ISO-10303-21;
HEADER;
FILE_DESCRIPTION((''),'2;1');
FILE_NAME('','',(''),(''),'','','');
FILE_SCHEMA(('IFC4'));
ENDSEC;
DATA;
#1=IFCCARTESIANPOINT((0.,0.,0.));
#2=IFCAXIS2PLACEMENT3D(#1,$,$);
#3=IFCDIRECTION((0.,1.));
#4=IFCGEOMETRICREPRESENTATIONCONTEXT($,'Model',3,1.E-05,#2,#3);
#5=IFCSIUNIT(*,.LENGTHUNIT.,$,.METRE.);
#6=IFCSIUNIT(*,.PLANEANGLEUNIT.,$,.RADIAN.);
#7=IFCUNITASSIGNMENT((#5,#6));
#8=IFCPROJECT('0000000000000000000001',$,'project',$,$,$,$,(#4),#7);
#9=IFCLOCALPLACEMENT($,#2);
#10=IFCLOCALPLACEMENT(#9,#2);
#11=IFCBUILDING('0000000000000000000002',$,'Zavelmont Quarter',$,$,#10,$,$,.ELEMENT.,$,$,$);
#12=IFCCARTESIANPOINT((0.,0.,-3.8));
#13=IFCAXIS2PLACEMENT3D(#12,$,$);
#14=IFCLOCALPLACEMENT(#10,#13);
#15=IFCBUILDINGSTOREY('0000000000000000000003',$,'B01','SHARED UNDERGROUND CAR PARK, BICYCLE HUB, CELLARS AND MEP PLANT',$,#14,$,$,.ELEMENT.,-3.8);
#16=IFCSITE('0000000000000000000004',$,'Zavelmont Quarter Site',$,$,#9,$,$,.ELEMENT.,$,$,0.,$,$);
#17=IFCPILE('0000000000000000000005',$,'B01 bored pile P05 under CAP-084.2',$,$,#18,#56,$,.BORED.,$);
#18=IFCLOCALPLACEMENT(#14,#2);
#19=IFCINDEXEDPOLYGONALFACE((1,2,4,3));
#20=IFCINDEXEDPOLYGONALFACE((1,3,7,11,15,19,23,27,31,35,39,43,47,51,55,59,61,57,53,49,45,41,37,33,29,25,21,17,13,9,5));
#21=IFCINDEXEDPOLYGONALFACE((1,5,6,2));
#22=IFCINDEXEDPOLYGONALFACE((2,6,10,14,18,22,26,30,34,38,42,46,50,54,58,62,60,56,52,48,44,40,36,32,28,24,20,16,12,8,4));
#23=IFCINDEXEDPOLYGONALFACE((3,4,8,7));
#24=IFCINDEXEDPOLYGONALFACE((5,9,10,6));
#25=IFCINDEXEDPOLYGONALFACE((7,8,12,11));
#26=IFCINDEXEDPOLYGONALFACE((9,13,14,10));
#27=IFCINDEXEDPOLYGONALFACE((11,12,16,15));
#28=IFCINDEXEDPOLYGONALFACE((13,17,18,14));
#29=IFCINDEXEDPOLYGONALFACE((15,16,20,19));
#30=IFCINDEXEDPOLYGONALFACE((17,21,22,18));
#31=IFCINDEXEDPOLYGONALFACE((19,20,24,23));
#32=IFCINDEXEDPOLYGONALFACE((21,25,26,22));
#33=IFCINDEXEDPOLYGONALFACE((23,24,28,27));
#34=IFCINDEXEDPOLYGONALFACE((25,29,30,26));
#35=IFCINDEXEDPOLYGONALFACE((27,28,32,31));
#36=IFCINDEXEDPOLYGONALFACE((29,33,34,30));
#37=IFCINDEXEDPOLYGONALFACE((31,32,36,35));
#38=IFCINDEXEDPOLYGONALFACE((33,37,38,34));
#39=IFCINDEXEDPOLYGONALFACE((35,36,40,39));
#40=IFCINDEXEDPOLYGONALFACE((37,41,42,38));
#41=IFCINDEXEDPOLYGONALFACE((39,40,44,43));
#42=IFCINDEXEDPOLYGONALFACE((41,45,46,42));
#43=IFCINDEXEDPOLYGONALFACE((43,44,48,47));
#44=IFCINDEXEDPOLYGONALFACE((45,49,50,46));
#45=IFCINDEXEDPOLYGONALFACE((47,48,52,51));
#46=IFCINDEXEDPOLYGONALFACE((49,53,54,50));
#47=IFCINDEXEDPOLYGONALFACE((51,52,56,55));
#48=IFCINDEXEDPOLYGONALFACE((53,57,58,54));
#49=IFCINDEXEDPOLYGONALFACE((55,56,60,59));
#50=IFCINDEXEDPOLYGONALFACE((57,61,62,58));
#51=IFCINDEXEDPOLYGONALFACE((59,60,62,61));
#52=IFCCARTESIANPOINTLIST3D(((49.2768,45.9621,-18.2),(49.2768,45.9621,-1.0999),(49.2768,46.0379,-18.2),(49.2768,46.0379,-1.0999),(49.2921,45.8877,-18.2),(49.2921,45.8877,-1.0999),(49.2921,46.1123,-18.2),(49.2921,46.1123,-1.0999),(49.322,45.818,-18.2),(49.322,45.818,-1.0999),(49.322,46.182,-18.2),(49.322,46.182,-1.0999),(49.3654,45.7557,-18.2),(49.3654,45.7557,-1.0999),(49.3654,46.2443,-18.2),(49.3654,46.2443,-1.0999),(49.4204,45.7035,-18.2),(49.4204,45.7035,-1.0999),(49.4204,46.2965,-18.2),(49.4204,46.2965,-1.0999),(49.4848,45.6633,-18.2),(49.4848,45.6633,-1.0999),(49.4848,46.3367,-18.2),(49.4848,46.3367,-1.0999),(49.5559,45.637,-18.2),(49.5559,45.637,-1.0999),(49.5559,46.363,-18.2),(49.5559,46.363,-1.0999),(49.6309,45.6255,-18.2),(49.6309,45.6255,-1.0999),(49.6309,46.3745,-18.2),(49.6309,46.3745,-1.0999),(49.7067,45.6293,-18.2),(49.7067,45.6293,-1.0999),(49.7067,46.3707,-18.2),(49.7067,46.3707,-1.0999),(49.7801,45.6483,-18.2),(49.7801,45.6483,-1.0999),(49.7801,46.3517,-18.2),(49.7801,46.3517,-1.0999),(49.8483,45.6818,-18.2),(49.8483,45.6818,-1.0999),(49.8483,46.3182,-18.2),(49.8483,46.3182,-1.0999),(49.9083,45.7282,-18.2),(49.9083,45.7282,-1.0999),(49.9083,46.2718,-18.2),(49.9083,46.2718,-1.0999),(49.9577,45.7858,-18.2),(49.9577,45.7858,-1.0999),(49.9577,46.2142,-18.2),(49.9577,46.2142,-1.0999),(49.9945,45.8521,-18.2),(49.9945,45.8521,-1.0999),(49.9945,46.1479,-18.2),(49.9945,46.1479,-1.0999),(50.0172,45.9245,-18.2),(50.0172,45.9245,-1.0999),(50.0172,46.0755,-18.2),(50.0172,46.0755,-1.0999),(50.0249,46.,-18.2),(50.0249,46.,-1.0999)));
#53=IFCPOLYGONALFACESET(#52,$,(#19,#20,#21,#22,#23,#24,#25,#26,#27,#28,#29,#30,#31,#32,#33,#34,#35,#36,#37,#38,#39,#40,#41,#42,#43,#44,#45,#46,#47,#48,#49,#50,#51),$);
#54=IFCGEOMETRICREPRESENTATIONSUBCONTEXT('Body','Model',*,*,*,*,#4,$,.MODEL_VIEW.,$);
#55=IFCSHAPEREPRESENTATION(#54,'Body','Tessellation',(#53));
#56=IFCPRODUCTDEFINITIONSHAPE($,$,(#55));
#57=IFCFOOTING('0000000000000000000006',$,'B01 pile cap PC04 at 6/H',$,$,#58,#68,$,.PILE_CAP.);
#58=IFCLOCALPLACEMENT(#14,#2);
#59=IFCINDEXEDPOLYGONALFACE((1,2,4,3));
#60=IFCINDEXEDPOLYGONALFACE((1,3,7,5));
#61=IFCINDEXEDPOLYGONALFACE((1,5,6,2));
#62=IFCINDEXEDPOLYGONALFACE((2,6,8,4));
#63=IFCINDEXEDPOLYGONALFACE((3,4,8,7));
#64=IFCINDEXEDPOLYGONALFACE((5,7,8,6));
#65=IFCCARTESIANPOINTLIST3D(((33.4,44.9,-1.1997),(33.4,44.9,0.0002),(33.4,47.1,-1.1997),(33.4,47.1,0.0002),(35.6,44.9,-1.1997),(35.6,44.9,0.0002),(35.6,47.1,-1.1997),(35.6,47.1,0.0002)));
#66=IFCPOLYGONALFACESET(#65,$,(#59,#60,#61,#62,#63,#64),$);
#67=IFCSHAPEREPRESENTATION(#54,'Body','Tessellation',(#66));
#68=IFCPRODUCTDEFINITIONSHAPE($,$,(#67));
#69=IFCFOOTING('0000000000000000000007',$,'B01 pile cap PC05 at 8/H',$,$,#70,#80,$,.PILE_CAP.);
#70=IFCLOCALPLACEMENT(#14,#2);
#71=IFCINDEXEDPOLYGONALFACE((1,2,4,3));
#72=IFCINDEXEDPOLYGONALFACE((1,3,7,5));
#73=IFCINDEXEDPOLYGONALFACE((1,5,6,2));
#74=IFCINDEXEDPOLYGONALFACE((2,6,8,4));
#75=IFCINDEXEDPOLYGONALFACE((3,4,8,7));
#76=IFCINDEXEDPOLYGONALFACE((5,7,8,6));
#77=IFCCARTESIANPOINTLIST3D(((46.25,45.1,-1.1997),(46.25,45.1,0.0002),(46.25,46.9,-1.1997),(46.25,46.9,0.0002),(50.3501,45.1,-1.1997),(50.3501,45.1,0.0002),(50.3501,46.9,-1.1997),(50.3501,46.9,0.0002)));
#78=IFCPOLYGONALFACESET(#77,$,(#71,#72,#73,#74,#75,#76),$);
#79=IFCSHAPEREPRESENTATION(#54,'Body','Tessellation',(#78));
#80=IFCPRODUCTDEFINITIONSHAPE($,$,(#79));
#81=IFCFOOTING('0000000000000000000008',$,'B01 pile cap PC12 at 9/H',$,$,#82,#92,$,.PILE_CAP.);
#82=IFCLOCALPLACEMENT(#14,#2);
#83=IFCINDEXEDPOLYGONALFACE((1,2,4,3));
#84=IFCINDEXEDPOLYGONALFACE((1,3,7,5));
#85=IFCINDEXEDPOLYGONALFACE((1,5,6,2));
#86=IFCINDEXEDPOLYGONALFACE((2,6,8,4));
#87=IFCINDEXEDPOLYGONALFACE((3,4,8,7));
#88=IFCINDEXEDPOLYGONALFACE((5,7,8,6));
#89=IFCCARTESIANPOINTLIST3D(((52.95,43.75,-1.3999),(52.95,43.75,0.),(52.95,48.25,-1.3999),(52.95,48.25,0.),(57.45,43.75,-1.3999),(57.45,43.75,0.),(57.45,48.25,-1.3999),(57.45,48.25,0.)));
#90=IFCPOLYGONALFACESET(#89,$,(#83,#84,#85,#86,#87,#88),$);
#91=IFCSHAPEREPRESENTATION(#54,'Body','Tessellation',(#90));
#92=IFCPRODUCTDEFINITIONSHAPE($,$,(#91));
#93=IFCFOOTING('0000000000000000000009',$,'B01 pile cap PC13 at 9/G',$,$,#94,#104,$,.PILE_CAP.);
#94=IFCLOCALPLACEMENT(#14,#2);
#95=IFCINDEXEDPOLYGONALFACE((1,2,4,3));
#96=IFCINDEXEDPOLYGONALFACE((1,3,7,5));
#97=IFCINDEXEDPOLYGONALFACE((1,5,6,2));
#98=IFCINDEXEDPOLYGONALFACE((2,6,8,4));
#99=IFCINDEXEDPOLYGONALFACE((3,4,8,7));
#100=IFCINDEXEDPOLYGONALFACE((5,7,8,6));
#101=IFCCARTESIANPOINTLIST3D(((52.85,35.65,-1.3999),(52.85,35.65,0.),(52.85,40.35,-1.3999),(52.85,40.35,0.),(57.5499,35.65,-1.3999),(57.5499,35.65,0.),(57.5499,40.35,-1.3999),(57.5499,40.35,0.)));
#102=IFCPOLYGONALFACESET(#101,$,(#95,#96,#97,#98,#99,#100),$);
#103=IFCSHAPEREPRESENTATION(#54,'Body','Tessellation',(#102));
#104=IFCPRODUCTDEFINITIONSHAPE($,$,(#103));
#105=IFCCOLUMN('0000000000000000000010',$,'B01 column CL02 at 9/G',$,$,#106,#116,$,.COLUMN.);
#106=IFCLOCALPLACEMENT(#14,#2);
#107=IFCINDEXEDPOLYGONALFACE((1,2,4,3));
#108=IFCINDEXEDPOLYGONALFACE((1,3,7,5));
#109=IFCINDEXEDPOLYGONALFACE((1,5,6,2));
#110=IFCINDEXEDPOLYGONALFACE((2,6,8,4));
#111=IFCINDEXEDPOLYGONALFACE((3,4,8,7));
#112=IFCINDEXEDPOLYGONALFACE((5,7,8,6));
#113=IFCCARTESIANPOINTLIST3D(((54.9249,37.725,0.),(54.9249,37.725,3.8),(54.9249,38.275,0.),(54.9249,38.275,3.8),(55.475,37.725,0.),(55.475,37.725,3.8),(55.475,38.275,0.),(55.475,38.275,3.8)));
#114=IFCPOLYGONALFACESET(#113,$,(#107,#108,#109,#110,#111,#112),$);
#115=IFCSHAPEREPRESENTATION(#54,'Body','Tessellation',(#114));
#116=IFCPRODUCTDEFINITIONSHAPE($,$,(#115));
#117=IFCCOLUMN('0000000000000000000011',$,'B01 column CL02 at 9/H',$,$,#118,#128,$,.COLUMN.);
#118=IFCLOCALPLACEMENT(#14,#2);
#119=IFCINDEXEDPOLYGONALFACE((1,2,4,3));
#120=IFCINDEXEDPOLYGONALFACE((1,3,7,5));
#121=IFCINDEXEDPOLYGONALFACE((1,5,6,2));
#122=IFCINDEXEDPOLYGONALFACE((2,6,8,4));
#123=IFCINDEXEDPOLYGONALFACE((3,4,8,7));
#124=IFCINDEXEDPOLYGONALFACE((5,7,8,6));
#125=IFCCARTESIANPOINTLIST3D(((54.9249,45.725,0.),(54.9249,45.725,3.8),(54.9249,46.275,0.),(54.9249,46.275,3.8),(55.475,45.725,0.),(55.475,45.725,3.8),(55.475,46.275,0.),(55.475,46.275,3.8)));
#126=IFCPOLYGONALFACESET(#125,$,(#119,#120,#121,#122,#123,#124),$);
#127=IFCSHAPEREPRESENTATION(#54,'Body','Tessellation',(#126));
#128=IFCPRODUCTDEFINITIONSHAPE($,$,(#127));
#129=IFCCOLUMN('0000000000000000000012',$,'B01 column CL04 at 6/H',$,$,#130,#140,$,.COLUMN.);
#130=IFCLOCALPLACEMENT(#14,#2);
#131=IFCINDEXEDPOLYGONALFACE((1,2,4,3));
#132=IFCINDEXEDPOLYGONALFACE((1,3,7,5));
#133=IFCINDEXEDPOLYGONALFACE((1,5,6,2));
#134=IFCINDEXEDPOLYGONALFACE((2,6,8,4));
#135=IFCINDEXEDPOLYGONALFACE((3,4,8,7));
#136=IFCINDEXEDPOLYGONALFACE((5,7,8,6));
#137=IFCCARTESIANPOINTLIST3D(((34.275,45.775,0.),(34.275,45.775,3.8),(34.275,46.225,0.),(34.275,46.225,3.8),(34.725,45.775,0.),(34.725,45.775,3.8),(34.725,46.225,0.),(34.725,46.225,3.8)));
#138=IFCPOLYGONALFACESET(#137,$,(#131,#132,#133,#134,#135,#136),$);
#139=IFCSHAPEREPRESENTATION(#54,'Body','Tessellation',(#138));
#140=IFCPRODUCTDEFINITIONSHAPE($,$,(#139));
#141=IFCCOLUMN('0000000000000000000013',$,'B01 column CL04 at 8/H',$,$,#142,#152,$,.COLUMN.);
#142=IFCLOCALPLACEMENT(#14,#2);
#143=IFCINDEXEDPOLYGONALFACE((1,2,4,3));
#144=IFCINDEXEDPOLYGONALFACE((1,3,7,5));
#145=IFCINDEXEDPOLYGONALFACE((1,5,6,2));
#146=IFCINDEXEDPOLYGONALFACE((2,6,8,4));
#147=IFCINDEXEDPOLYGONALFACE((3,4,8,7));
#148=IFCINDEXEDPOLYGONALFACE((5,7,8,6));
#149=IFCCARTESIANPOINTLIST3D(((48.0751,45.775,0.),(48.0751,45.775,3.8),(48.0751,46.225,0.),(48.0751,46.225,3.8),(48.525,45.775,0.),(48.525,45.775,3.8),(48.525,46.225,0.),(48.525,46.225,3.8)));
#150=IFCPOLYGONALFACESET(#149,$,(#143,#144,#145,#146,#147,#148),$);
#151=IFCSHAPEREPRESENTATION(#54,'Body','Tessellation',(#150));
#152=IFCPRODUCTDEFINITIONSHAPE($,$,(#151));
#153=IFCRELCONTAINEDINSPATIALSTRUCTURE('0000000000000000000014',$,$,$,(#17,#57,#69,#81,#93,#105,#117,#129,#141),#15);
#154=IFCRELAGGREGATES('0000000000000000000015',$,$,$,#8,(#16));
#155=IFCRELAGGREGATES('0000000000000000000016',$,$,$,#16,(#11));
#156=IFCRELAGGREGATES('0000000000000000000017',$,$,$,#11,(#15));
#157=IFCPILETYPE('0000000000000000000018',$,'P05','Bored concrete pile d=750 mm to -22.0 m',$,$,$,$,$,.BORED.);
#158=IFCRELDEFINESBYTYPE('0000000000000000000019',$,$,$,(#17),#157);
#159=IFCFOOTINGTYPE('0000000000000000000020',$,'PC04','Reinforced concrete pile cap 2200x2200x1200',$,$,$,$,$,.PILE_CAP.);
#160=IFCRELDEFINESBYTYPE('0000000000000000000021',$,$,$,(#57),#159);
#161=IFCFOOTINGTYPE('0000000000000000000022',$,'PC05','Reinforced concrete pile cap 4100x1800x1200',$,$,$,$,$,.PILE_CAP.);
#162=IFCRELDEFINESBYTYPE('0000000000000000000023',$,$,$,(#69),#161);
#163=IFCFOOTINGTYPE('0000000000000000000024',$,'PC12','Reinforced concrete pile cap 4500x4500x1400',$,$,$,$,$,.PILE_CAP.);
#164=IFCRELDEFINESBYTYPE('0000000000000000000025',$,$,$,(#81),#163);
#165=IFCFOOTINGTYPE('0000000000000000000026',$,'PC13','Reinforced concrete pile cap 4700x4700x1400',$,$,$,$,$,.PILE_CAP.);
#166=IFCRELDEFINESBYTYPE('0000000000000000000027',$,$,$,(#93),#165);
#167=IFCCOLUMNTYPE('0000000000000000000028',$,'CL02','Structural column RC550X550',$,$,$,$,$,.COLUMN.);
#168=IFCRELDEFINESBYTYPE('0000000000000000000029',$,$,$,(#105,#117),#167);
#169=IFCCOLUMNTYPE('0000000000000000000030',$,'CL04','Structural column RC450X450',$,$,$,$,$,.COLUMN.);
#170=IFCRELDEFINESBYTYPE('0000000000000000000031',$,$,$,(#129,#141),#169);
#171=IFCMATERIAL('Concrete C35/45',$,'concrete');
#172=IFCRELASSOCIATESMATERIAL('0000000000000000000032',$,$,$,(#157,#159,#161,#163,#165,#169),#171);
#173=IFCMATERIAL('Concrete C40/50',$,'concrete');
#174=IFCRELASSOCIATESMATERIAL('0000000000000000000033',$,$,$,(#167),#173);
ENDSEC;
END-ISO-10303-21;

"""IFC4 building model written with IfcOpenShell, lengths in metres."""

from ifc_helpers import new_model, si_unit, direction, frame, origin, origin_2d, place, context, subcontext, project, spatial, rectangle, circle, extrude, material, material_profile, profile_set, type_object, element, save


model = new_model("IFC4")

# Units and contexts
model_context = context("Model", 3, precision=1e-05, world=origin(), true_north=direction((0.0, 1.0)))
body_context = subcontext(model_context, "Body", "Model", "MODEL_VIEW")
ifc_project = project(units=[si_unit("LENGTHUNIT", "METRE"), si_unit("PLANEANGLEUNIT", "RADIAN")], contexts=[model_context])

# Site, building, storey
site_placement = place(None, origin())
site = spatial("IfcSite", under=ifc_project, at=site_placement, Name="Zavelmont Quarter Site", CompositionType="ELEMENT", RefElevation=0.0)
building_placement = place(site_placement, origin())
building = spatial("IfcBuilding", under=site, at=building_placement, Name="Zavelmont Quarter", CompositionType="ELEMENT")
storey_placement = place(building_placement, frame((0.0, 0.0, -3.8)))
storey = spatial("IfcBuildingStorey", under=building, at=storey_placement, Name="B01", Description="SHARED UNDERGROUND CAR PARK, BICYCLE HUB, CELLARS AND MEP PLANT", CompositionType="ELEMENT", Elevation=-3.8)

# Shared definitions
ifc_material_1 = material(Name="Concrete C35/45", Category="concrete")

# Pile
ifc_material_profile_1 = material_profile(ifc_material_1, circle(Radius=0.375, at=origin_2d()), Name="BP750")
ifc_profile_set_1 = profile_set([ifc_material_profile_1], Name="Concrete C35/45")
pile_type_1 = type_object("IfcPileType", Name="P05", Description="Bored concrete pile d=750 mm to -22.0 m", PredefinedType="BORED", material=ifc_profile_set_1)
for number, where, z_axis, x_axis, name in (
    (1, (49.6499, 46.0, -1.0999), (0.0, 0.0, -1.0), (1.0, 0.0, 0.0), "B01 bored pile P05 under CAP-084.2"),
):
    element("IfcPile", number, at=place(storey_placement, frame(where, z_axis=z_axis, x_axis=x_axis)), inside=storey, type_object=pile_type_1, Name=name, PredefinedType="BORED", context=body_context, shape_type="SweptSolid", body=[
        extrude(circle(Radius=0.375, at=origin_2d()), origin(), (0.0, 0.0, 1.0), 17.1001),
    ])

# Footings
footing_type_1 = type_object("IfcFootingType", Name="PC04", Description="Reinforced concrete pile cap 2200x2200x1200", PredefinedType="PILE_CAP", material=ifc_material_1)
footing_1_placement = place(storey_placement, frame((34.5, 46.0, -1.1997), z_axis=(0.0, 0.0, 1.0), x_axis=(1.0, 0.0, 0.0)))
element("IfcFooting", 2, at=footing_1_placement, inside=storey, type_object=footing_type_1, Name="B01 pile cap PC04 at 6/H", PredefinedType="PILE_CAP", context=body_context, shape_type="SweptSolid", body=[
    extrude(rectangle(XDim=2.2, YDim=2.2, at=origin_2d()), origin(), (0.0, 0.0, 1.0), 1.2),
])
footing_type_2 = type_object("IfcFootingType", Name="PC05", Description="Reinforced concrete pile cap 4100x1800x1200", PredefinedType="PILE_CAP", material=ifc_material_1)
footing_2_placement = place(storey_placement, frame((48.3, 46.0, -1.1997), z_axis=(0.0, 0.0, 1.0), x_axis=(1.0, 0.0, 0.0)))
element("IfcFooting", 3, at=footing_2_placement, inside=storey, type_object=footing_type_2, Name="B01 pile cap PC05 at 8/H", PredefinedType="PILE_CAP", context=body_context, shape_type="SweptSolid", body=[
    extrude(rectangle(XDim=4.1001, YDim=1.8, at=origin_2d()), origin(), (0.0, 0.0, 1.0), 1.2),
])
footing_type_3 = type_object("IfcFootingType", Name="PC12", Description="Reinforced concrete pile cap 4500x4500x1400", PredefinedType="PILE_CAP", material=ifc_material_1)
footing_3_placement = place(storey_placement, frame((55.2, 46.0, -1.3999), z_axis=(0.0, 0.0, 1.0), x_axis=(1.0, 0.0, 0.0)))
element("IfcFooting", 4, at=footing_3_placement, inside=storey, type_object=footing_type_3, Name="B01 pile cap PC12 at 9/H", PredefinedType="PILE_CAP", context=body_context, shape_type="SweptSolid", body=[
    extrude(rectangle(XDim=4.5, YDim=4.5, at=origin_2d()), origin(), (0.0, 0.0, 1.0), 1.3999),
])
footing_type_4 = type_object("IfcFootingType", Name="PC13", Description="Reinforced concrete pile cap 4700x4700x1400", PredefinedType="PILE_CAP", material=ifc_material_1)
footing_4_placement = place(storey_placement, frame((55.2, 38.0, -1.3999), z_axis=(0.0, 0.0, 1.0), x_axis=(1.0, 0.0, 0.0)))
element("IfcFooting", 5, at=footing_4_placement, inside=storey, type_object=footing_type_4, Name="B01 pile cap PC13 at 9/G", PredefinedType="PILE_CAP", context=body_context, shape_type="SweptSolid", body=[
    extrude(rectangle(XDim=4.7, YDim=4.7, at=origin_2d()), origin(), (0.0, 0.0, 1.0), 1.3999),
])

# Columns
ifc_material_2 = material(Name="Concrete C40/50", Category="concrete")
ifc_material_profile_2 = material_profile(ifc_material_2, rectangle(XDim=0.55, YDim=0.55, at=origin_2d()), Name="RC550X550")
ifc_profile_set_2 = profile_set([ifc_material_profile_2], Name="Concrete C40/50")
column_type_1 = type_object("IfcColumnType", Name="CL02", Description="Structural column RC550X550", PredefinedType="COLUMN", material=ifc_profile_set_2)
for number, where, z_axis, x_axis, name in (
    (6, (55.2, 38.0, 0.0), (0.0, 0.0, 1.0), (1.0, 0.0, 0.0), "B01 column CL02 at 9/G"),
    (7, (55.2, 46.0, 0.0), (0.0, 0.0, 1.0), (1.0, 0.0, 0.0), "B01 column CL02 at 9/H"),
):
    element("IfcColumn", number, at=place(storey_placement, frame(where, z_axis=z_axis, x_axis=x_axis)), inside=storey, type_object=column_type_1, Name=name, PredefinedType="COLUMN", context=body_context, shape_type="SweptSolid", body=[
        extrude(rectangle(XDim=0.55, YDim=0.55, at=origin_2d()), origin(), (0.0, 0.0, 1.0), 3.8),
    ])
ifc_material_profile_3 = material_profile(ifc_material_1, rectangle(XDim=0.45, YDim=0.45, at=origin_2d()), Name="RC450X450")
ifc_profile_set_3 = profile_set([ifc_material_profile_3], Name="Concrete C35/45")
column_type_2 = type_object("IfcColumnType", Name="CL04", Description="Structural column RC450X450", PredefinedType="COLUMN", material=ifc_profile_set_3)
for number, where, z_axis, x_axis, name in (
    (8, (34.5, 46.0, 0.0), (0.0, 0.0, 1.0), (1.0, 0.0, 0.0), "B01 column CL04 at 6/H"),
    (9, (48.3, 46.0, 0.0), (0.0, 0.0, 1.0), (1.0, 0.0, 0.0), "B01 column CL04 at 8/H"),
):
    element("IfcColumn", number, at=place(storey_placement, frame(where, z_axis=z_axis, x_axis=x_axis)), inside=storey, type_object=column_type_2, Name=name, PredefinedType="COLUMN", context=body_context, shape_type="SweptSolid", body=[
        extrude(rectangle(XDim=0.45, YDim=0.45, at=origin_2d()), origin(), (0.0, 0.0, 1.0), 3.8),
    ])

save(model, "model.ifc")
